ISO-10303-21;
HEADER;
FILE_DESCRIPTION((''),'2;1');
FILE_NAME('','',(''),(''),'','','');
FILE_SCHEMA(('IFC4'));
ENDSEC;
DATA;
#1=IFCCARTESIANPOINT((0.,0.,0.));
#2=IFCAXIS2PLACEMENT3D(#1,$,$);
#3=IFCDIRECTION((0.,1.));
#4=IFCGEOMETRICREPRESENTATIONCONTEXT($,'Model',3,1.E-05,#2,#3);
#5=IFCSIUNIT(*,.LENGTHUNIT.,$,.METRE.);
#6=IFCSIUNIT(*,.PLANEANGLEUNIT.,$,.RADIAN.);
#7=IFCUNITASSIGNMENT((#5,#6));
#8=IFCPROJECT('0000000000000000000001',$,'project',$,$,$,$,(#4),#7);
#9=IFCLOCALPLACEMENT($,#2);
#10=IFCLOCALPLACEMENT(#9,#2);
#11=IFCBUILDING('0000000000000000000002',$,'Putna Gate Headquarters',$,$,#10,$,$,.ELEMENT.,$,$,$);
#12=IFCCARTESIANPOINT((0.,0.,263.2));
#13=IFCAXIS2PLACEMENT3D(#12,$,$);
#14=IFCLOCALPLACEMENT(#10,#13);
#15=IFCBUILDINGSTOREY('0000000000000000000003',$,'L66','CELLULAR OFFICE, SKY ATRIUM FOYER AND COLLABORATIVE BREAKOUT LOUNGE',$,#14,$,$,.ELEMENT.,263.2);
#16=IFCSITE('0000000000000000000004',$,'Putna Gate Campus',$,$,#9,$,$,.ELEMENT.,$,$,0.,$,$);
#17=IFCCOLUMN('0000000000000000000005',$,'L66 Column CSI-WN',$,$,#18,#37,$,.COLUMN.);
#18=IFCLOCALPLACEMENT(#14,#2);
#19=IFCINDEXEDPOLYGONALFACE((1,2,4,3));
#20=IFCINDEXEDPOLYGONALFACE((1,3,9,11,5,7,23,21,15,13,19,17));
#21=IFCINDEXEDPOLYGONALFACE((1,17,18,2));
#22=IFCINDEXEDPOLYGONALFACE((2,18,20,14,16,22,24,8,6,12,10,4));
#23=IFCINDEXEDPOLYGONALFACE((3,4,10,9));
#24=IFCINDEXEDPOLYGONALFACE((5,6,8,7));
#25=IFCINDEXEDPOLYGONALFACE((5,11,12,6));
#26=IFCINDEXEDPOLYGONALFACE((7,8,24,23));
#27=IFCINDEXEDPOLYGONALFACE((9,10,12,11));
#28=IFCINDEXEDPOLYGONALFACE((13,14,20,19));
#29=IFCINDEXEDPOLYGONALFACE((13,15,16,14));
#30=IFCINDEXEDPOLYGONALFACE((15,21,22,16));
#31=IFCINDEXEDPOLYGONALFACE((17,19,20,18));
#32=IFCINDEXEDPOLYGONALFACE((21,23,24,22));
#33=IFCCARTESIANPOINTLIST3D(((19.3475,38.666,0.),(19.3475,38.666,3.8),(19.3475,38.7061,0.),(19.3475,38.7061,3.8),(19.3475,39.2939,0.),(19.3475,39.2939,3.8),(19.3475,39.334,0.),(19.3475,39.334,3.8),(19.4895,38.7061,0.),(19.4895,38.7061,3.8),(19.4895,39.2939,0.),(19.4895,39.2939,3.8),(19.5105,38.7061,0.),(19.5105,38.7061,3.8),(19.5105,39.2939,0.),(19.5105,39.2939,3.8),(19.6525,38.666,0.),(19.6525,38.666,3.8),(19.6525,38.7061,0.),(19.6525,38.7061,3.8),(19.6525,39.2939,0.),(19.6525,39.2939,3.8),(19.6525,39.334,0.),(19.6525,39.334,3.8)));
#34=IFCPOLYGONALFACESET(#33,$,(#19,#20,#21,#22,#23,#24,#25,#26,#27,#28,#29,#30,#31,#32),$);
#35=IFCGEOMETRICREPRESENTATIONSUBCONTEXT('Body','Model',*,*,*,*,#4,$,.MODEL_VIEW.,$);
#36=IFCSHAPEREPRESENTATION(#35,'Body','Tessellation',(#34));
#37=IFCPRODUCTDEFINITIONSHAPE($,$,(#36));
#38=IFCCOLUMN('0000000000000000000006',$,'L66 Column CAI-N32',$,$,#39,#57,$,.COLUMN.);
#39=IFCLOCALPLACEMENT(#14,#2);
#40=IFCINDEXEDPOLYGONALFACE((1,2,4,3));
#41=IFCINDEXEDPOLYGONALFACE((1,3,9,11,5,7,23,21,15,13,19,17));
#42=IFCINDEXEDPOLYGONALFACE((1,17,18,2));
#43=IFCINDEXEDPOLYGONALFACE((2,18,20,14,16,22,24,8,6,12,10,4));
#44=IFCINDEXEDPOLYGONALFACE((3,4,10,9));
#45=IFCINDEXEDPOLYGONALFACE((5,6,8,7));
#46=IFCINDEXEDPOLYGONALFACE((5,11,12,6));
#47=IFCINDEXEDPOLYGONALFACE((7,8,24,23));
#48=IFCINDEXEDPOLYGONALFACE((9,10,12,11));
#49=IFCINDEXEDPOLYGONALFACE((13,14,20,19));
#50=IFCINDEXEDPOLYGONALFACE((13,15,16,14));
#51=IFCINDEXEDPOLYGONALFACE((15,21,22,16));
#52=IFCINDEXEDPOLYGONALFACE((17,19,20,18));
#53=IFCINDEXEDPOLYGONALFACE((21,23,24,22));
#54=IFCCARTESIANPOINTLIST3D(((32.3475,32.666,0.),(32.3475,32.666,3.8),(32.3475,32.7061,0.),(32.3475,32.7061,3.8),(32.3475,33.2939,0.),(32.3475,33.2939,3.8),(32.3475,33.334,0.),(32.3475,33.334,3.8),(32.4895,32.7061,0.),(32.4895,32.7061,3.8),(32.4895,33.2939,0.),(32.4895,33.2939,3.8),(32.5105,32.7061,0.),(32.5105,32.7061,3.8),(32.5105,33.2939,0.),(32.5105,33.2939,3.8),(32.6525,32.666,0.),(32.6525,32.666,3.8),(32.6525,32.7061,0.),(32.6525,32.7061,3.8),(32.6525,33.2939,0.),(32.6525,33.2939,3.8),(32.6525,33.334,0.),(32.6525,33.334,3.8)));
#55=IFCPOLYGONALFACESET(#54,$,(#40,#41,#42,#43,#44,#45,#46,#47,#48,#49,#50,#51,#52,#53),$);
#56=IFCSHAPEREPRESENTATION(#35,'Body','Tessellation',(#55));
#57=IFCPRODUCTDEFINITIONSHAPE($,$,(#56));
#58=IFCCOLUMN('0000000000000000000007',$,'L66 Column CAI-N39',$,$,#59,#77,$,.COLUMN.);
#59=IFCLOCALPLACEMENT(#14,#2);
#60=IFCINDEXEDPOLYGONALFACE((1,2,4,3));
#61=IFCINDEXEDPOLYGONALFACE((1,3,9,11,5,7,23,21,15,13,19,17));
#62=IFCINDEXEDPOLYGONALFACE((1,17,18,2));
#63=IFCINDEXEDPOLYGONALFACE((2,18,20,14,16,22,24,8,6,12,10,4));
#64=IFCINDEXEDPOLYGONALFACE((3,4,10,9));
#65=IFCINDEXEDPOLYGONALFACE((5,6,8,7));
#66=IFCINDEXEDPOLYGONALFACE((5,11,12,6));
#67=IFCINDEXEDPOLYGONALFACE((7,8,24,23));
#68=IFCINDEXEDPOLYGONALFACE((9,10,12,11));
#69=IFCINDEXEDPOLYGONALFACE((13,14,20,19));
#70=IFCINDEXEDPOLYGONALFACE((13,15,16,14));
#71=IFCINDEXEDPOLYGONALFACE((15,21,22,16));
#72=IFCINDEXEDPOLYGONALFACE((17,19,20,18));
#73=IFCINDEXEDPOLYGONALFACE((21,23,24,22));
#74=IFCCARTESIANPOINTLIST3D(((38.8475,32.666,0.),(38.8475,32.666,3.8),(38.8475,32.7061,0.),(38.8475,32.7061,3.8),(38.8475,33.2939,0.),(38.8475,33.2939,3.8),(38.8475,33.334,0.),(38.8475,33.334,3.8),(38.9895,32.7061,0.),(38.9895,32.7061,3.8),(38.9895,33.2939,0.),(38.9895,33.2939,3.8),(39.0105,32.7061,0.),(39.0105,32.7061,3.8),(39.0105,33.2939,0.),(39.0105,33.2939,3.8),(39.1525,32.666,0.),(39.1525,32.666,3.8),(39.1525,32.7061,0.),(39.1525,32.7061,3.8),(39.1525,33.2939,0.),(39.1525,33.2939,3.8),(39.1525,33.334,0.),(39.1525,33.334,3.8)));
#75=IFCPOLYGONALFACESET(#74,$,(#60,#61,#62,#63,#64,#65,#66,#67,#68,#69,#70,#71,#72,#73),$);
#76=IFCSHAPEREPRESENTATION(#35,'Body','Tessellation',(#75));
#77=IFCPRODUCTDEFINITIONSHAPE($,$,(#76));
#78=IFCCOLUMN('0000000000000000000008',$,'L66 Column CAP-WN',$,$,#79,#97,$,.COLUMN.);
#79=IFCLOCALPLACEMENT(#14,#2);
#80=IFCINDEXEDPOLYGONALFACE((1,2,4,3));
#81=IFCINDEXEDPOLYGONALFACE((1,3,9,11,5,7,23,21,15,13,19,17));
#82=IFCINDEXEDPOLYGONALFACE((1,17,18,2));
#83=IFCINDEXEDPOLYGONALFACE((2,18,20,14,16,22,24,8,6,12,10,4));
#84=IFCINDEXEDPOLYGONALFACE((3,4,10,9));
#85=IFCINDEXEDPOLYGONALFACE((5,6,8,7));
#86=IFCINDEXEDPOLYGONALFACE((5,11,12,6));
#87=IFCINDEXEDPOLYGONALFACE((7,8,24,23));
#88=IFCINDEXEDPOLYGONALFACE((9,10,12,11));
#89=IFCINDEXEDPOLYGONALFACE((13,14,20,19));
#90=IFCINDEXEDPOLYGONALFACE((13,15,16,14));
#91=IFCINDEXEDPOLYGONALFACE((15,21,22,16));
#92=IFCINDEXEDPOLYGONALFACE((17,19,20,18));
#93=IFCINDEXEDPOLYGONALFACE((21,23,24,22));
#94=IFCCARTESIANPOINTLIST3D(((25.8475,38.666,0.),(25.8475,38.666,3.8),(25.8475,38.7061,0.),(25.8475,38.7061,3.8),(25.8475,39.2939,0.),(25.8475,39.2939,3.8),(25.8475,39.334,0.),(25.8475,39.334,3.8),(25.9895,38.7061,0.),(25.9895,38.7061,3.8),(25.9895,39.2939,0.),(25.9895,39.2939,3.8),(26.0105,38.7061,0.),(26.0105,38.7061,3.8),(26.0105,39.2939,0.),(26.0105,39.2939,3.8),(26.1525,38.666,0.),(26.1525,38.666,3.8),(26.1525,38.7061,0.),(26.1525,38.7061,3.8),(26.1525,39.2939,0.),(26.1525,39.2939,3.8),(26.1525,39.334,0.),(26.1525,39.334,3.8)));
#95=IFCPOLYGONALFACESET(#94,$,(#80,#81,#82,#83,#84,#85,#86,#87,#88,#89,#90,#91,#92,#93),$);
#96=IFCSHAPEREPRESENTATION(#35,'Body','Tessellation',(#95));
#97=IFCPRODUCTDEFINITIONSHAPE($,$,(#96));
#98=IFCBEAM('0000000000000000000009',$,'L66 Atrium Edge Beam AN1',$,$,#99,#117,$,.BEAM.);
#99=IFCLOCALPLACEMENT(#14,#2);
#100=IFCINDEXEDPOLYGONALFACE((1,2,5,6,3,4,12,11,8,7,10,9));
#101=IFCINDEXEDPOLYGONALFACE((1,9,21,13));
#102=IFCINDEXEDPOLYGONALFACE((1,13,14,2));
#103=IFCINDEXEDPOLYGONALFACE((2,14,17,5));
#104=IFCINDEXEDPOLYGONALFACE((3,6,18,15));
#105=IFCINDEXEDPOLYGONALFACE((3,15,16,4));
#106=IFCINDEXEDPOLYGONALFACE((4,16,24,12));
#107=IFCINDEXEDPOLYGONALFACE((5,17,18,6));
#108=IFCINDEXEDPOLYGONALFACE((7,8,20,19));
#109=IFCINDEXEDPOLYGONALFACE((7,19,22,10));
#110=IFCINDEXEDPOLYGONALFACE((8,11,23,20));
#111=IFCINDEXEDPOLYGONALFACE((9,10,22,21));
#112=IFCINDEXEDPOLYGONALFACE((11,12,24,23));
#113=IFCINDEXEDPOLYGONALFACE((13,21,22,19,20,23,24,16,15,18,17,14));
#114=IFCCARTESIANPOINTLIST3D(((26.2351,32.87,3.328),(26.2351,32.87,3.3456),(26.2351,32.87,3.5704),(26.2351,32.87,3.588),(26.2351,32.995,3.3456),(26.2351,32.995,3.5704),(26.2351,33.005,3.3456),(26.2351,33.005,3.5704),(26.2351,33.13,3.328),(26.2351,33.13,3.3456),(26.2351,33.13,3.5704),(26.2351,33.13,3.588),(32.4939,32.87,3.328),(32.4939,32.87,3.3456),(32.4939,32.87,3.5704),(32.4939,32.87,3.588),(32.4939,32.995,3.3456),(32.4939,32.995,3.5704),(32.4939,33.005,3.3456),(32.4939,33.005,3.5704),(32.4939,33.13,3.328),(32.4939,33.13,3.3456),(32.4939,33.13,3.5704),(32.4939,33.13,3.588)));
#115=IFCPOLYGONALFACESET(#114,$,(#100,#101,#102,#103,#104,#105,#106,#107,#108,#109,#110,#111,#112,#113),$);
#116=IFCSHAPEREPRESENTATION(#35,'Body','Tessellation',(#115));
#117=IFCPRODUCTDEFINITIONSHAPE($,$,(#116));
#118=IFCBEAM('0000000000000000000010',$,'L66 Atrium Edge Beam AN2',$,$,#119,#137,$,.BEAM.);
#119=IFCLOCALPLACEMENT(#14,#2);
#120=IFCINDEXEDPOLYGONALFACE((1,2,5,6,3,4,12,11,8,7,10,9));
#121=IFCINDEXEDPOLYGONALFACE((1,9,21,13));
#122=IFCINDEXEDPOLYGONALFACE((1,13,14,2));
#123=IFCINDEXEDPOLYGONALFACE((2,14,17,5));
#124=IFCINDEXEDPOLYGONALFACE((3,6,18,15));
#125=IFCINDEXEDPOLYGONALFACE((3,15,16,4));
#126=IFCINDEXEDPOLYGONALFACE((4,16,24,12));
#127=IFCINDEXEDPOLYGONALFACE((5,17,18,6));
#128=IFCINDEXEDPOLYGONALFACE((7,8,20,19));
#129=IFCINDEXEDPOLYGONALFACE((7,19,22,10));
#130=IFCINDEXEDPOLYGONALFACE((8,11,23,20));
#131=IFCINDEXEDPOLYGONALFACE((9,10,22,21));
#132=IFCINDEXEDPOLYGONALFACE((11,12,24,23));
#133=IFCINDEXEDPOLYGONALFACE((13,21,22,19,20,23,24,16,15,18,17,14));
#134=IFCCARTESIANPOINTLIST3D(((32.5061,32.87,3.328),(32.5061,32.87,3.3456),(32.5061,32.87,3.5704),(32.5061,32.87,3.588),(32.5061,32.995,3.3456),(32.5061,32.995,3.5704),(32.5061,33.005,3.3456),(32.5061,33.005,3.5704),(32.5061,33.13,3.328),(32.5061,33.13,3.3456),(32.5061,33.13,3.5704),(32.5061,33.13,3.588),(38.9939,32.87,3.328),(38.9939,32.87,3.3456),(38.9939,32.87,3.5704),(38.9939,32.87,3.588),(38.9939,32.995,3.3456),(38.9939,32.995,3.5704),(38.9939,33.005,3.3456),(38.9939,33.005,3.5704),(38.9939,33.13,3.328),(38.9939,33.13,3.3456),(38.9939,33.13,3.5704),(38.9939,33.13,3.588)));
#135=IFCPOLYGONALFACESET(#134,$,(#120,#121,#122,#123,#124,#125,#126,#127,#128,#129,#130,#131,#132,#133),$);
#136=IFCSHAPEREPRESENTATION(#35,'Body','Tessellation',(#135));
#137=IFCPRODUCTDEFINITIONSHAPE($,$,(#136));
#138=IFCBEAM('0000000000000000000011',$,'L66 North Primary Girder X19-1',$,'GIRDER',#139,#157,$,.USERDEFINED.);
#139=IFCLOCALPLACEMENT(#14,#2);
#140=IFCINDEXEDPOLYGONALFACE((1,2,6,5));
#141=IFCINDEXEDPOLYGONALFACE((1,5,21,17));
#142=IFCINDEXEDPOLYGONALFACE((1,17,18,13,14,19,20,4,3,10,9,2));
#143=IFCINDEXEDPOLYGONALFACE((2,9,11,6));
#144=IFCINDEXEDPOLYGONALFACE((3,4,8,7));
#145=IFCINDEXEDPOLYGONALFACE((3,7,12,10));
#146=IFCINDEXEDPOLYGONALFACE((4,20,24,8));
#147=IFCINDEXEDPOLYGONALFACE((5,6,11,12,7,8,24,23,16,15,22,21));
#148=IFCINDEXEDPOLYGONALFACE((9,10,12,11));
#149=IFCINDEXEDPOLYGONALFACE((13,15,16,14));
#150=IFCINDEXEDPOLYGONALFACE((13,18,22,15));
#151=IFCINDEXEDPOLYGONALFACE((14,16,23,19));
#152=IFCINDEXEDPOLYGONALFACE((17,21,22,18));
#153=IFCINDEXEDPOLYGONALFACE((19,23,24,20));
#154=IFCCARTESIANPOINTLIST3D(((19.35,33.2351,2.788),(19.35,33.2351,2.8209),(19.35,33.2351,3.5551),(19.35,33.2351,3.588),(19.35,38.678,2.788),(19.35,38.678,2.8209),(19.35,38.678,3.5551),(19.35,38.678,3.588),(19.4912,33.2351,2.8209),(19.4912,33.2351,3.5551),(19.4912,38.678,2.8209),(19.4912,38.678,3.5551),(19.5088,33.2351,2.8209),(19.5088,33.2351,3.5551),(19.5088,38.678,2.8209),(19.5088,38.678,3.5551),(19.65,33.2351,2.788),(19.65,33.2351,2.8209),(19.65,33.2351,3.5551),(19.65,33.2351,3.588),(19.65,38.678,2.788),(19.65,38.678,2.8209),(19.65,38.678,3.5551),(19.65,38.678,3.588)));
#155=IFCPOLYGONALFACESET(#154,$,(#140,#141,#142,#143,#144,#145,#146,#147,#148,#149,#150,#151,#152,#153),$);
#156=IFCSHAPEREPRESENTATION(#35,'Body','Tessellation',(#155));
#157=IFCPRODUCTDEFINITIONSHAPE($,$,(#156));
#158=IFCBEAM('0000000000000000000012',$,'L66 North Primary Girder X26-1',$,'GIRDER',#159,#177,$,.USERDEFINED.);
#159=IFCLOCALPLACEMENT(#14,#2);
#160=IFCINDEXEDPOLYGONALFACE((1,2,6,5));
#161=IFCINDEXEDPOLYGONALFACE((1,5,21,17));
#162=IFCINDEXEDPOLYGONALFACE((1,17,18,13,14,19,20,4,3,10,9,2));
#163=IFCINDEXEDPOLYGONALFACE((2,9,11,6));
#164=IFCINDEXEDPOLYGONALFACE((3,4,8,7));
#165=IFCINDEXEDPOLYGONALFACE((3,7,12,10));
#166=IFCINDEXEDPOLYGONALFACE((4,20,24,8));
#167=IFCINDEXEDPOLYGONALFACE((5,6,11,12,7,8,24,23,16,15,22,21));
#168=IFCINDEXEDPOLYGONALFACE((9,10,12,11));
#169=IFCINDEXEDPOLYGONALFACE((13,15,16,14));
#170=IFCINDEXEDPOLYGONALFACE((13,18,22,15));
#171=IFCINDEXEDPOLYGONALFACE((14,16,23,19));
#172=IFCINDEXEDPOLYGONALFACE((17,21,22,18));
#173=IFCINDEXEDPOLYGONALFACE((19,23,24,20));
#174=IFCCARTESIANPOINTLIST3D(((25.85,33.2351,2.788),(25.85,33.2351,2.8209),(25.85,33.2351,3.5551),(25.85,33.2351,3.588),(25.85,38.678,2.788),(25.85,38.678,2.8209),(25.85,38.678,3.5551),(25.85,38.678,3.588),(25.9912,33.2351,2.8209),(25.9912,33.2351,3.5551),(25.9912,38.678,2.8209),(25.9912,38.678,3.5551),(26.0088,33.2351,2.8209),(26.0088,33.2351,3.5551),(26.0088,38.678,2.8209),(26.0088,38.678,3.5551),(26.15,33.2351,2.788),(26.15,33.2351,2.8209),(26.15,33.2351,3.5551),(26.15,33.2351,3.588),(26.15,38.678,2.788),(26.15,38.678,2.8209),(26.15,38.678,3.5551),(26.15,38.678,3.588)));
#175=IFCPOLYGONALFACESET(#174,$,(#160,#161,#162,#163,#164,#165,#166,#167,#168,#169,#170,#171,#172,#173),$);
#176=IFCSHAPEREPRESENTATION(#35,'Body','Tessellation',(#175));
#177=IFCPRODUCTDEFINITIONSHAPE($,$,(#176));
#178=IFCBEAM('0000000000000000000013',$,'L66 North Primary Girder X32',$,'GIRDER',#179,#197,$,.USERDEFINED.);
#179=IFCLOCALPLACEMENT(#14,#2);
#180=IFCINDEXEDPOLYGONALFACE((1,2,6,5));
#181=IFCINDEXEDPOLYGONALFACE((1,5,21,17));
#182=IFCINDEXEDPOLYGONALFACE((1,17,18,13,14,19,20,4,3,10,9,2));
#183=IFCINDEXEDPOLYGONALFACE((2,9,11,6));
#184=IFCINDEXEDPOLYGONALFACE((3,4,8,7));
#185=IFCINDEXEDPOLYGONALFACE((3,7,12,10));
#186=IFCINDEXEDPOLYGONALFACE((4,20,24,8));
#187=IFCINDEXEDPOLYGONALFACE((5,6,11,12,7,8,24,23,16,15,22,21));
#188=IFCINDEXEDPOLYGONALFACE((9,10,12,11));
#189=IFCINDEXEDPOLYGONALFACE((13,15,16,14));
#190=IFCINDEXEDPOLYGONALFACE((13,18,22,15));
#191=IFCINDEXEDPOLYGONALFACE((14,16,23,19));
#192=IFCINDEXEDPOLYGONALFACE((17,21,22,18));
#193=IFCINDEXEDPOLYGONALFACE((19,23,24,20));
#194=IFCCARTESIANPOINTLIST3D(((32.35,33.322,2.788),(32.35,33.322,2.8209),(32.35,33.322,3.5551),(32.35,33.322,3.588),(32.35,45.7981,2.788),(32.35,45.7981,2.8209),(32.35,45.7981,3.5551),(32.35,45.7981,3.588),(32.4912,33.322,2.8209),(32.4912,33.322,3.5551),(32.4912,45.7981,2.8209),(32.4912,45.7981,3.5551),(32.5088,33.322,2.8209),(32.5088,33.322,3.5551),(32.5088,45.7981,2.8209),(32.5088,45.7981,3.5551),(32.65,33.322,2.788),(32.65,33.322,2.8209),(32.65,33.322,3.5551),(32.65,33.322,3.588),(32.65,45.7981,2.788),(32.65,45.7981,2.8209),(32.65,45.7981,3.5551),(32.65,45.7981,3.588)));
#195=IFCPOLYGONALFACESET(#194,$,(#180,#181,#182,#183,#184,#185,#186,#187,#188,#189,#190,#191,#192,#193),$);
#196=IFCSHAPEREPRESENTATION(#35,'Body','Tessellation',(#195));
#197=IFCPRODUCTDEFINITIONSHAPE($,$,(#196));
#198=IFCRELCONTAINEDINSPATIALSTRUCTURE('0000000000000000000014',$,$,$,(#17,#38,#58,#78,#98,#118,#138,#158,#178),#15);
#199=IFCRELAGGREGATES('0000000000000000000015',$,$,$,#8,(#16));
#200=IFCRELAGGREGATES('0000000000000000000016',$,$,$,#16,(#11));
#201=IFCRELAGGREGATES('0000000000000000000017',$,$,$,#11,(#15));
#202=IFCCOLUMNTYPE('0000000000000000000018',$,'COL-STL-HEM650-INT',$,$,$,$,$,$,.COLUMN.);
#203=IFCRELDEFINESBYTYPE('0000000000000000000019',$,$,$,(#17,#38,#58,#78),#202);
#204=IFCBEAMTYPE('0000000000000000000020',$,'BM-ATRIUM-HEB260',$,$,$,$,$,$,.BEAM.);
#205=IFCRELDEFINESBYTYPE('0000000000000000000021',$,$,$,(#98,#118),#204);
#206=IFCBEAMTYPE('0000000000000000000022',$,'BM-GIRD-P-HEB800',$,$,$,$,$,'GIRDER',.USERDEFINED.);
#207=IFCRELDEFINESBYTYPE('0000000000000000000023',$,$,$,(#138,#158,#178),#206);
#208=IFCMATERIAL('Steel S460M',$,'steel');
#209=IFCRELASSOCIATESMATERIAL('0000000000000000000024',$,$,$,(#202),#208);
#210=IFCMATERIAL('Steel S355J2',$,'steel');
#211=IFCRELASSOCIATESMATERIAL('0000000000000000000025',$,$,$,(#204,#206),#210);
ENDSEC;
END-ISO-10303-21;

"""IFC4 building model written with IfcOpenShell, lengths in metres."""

from ifc_helpers import new_model, si_unit, direction, frame, origin, origin_2d, place, context, subcontext, project, spatial, i_section, extrude, material, material_profile, profile_set, type_object, element, save


model = new_model("IFC4")

# Units and contexts
model_context = context("Model", 3, precision=1e-05, world=origin(), true_north=direction((0.0, 1.0)))
body_context = subcontext(model_context, "Body", "Model", "MODEL_VIEW")
ifc_project = project(units=[si_unit("LENGTHUNIT", "METRE"), si_unit("PLANEANGLEUNIT", "RADIAN")], contexts=[model_context])

# Site, building, storey
site_placement = place(None, origin())
site = spatial("IfcSite", under=ifc_project, at=site_placement, Name="Putna Gate Campus", CompositionType="ELEMENT", RefElevation=0.0)
building_placement = place(site_placement, origin())
building = spatial("IfcBuilding", under=site, at=building_placement, Name="Putna Gate Headquarters", CompositionType="ELEMENT")
storey_placement = place(building_placement, frame((0.0, 0.0, 263.2)))
storey = spatial("IfcBuildingStorey", under=building, at=storey_placement, Name="L66", Description="CELLULAR OFFICE, SKY ATRIUM FOYER AND COLLABORATIVE BREAKOUT LOUNGE", CompositionType="ELEMENT", Elevation=263.2)

# Columns
ifc_material_1 = material(Name="Steel S460M", Category="steel")
ifc_material_profile_1 = material_profile(ifc_material_1, i_section(OverallWidth=0.3049, OverallDepth=0.668, WebThickness=0.021, FlangeThickness=0.04, at=origin_2d()), Name="Steel S460M")
ifc_profile_set_1 = profile_set([ifc_material_profile_1], Name="Steel S460M")
column_type = type_object("IfcColumnType", Name="COL-STL-HEM650-INT", PredefinedType="COLUMN", material=ifc_profile_set_1)
for number, where, z_axis, x_axis, name in (
    (1, (19.5, 39.0, 0.0), (0.0, 0.0, 1.0), (1.0, 0.0, 0.0), "L66 Column CSI-WN"),
    (2, (32.5, 33.0, 0.0), (0.0, 0.0, 1.0), (1.0, 0.0, 0.0), "L66 Column CAI-N32"),
    (3, (39.0, 33.0, 0.0), (0.0, 0.0, 1.0), (1.0, 0.0, 0.0), "L66 Column CAI-N39"),
    (4, (26.0, 39.0, 0.0), (0.0, 0.0, 1.0), (1.0, 0.0, 0.0), "L66 Column CAP-WN"),
):
    element("IfcColumn", number, at=place(storey_placement, frame(where, z_axis=z_axis, x_axis=x_axis)), inside=storey, type_object=column_type, Name=name, PredefinedType="COLUMN", context=body_context, shape_type="SweptSolid", body=[
        extrude(i_section(OverallWidth=0.3049, OverallDepth=0.668, WebThickness=0.021, FlangeThickness=0.04, at=origin_2d()), origin(), (0.0, 0.0, 1.0), 3.8),
    ])

# Beams
ifc_material_2 = material(Name="Steel S355J2", Category="steel")
ifc_material_profile_2 = material_profile(ifc_material_2, i_section(OverallWidth=0.26, OverallDepth=0.26, WebThickness=0.01, FlangeThickness=0.0176, at=origin_2d()), Name="Steel S355J2")
ifc_profile_set_2 = profile_set([ifc_material_profile_2], Name="Steel S355J2")
beam_type_1 = type_object("IfcBeamType", Name="BM-ATRIUM-HEB260", PredefinedType="BEAM", material=ifc_profile_set_2)
beam_1_placement = place(storey_placement, frame((26.2351, 33.0, 3.458), z_axis=(1.0, 0.0, 0.0), x_axis=(0.0, 1.0, 0.0)))
element("IfcBeam", 5, at=beam_1_placement, inside=storey, type_object=beam_type_1, Name="L66 Atrium Edge Beam AN1", PredefinedType="BEAM", context=body_context, shape_type="SweptSolid", body=[
    extrude(i_section(OverallWidth=0.26, OverallDepth=0.26, WebThickness=0.01, FlangeThickness=0.0176, at=origin_2d()), origin(), (0.0, 0.0, 1.0), 6.2588),
])
beam_2_placement = place(storey_placement, frame((32.5061, 33.0, 3.458), z_axis=(1.0, 0.0, 0.0), x_axis=(0.0, 1.0, 0.0)))
element("IfcBeam", 6, at=beam_2_placement, inside=storey, type_object=beam_type_1, Name="L66 Atrium Edge Beam AN2", PredefinedType="BEAM", context=body_context, shape_type="SweptSolid", body=[
    extrude(i_section(OverallWidth=0.26, OverallDepth=0.26, WebThickness=0.01, FlangeThickness=0.0176, at=origin_2d()), origin(), (0.0, 0.0, 1.0), 6.4878),
])
ifc_material_profile_3 = material_profile(ifc_material_2, i_section(OverallWidth=0.3, OverallDepth=0.8, WebThickness=0.0176, FlangeThickness=0.033, at=origin_2d()), Name="Steel S355J2")
ifc_profile_set_3 = profile_set([ifc_material_profile_3], Name="Steel S355J2")
beam_type_2 = type_object("IfcBeamType", Name="BM-GIRD-P-HEB800", ElementType="GIRDER", PredefinedType="USERDEFINED", material=ifc_profile_set_3)
for number, where, z_axis, x_axis, name in (
    (7, (19.5, 33.2351, 3.188), (0.0, 1.0, 0.0), (-1.0, 0.0, 0.0), "L66 North Primary Girder X19-1"),
    (8, (26.0, 33.2351, 3.188), (0.0, 1.0, 0.0), (-1.0, 0.0, 0.0), "L66 North Primary Girder X26-1"),
):
    element("IfcBeam", number, at=place(storey_placement, frame(where, z_axis=z_axis, x_axis=x_axis)), inside=storey, type_object=beam_type_2, Name=name, ObjectType="GIRDER", PredefinedType="USERDEFINED", context=body_context, shape_type="SweptSolid", body=[
        extrude(i_section(OverallWidth=0.3, OverallDepth=0.8, WebThickness=0.0176, FlangeThickness=0.033, at=origin_2d()), origin(), (0.0, 0.0, 1.0), 5.4429),
    ])
beam_3_placement = place(storey_placement, frame((32.5, 33.322, 3.188), z_axis=(0.0, 1.0, 0.0), x_axis=(-1.0, 0.0, 0.0)))
element("IfcBeam", 9, at=beam_3_placement, inside=storey, type_object=beam_type_2, Name="L66 North Primary Girder X32", ObjectType="GIRDER", PredefinedType="USERDEFINED", context=body_context, shape_type="SweptSolid", body=[
    extrude(i_section(OverallWidth=0.3, OverallDepth=0.8, WebThickness=0.0176, FlangeThickness=0.033, at=origin_2d()), origin(), (0.0, 0.0, 1.0), 12.4761),
])

save(model, "model.ifc")
